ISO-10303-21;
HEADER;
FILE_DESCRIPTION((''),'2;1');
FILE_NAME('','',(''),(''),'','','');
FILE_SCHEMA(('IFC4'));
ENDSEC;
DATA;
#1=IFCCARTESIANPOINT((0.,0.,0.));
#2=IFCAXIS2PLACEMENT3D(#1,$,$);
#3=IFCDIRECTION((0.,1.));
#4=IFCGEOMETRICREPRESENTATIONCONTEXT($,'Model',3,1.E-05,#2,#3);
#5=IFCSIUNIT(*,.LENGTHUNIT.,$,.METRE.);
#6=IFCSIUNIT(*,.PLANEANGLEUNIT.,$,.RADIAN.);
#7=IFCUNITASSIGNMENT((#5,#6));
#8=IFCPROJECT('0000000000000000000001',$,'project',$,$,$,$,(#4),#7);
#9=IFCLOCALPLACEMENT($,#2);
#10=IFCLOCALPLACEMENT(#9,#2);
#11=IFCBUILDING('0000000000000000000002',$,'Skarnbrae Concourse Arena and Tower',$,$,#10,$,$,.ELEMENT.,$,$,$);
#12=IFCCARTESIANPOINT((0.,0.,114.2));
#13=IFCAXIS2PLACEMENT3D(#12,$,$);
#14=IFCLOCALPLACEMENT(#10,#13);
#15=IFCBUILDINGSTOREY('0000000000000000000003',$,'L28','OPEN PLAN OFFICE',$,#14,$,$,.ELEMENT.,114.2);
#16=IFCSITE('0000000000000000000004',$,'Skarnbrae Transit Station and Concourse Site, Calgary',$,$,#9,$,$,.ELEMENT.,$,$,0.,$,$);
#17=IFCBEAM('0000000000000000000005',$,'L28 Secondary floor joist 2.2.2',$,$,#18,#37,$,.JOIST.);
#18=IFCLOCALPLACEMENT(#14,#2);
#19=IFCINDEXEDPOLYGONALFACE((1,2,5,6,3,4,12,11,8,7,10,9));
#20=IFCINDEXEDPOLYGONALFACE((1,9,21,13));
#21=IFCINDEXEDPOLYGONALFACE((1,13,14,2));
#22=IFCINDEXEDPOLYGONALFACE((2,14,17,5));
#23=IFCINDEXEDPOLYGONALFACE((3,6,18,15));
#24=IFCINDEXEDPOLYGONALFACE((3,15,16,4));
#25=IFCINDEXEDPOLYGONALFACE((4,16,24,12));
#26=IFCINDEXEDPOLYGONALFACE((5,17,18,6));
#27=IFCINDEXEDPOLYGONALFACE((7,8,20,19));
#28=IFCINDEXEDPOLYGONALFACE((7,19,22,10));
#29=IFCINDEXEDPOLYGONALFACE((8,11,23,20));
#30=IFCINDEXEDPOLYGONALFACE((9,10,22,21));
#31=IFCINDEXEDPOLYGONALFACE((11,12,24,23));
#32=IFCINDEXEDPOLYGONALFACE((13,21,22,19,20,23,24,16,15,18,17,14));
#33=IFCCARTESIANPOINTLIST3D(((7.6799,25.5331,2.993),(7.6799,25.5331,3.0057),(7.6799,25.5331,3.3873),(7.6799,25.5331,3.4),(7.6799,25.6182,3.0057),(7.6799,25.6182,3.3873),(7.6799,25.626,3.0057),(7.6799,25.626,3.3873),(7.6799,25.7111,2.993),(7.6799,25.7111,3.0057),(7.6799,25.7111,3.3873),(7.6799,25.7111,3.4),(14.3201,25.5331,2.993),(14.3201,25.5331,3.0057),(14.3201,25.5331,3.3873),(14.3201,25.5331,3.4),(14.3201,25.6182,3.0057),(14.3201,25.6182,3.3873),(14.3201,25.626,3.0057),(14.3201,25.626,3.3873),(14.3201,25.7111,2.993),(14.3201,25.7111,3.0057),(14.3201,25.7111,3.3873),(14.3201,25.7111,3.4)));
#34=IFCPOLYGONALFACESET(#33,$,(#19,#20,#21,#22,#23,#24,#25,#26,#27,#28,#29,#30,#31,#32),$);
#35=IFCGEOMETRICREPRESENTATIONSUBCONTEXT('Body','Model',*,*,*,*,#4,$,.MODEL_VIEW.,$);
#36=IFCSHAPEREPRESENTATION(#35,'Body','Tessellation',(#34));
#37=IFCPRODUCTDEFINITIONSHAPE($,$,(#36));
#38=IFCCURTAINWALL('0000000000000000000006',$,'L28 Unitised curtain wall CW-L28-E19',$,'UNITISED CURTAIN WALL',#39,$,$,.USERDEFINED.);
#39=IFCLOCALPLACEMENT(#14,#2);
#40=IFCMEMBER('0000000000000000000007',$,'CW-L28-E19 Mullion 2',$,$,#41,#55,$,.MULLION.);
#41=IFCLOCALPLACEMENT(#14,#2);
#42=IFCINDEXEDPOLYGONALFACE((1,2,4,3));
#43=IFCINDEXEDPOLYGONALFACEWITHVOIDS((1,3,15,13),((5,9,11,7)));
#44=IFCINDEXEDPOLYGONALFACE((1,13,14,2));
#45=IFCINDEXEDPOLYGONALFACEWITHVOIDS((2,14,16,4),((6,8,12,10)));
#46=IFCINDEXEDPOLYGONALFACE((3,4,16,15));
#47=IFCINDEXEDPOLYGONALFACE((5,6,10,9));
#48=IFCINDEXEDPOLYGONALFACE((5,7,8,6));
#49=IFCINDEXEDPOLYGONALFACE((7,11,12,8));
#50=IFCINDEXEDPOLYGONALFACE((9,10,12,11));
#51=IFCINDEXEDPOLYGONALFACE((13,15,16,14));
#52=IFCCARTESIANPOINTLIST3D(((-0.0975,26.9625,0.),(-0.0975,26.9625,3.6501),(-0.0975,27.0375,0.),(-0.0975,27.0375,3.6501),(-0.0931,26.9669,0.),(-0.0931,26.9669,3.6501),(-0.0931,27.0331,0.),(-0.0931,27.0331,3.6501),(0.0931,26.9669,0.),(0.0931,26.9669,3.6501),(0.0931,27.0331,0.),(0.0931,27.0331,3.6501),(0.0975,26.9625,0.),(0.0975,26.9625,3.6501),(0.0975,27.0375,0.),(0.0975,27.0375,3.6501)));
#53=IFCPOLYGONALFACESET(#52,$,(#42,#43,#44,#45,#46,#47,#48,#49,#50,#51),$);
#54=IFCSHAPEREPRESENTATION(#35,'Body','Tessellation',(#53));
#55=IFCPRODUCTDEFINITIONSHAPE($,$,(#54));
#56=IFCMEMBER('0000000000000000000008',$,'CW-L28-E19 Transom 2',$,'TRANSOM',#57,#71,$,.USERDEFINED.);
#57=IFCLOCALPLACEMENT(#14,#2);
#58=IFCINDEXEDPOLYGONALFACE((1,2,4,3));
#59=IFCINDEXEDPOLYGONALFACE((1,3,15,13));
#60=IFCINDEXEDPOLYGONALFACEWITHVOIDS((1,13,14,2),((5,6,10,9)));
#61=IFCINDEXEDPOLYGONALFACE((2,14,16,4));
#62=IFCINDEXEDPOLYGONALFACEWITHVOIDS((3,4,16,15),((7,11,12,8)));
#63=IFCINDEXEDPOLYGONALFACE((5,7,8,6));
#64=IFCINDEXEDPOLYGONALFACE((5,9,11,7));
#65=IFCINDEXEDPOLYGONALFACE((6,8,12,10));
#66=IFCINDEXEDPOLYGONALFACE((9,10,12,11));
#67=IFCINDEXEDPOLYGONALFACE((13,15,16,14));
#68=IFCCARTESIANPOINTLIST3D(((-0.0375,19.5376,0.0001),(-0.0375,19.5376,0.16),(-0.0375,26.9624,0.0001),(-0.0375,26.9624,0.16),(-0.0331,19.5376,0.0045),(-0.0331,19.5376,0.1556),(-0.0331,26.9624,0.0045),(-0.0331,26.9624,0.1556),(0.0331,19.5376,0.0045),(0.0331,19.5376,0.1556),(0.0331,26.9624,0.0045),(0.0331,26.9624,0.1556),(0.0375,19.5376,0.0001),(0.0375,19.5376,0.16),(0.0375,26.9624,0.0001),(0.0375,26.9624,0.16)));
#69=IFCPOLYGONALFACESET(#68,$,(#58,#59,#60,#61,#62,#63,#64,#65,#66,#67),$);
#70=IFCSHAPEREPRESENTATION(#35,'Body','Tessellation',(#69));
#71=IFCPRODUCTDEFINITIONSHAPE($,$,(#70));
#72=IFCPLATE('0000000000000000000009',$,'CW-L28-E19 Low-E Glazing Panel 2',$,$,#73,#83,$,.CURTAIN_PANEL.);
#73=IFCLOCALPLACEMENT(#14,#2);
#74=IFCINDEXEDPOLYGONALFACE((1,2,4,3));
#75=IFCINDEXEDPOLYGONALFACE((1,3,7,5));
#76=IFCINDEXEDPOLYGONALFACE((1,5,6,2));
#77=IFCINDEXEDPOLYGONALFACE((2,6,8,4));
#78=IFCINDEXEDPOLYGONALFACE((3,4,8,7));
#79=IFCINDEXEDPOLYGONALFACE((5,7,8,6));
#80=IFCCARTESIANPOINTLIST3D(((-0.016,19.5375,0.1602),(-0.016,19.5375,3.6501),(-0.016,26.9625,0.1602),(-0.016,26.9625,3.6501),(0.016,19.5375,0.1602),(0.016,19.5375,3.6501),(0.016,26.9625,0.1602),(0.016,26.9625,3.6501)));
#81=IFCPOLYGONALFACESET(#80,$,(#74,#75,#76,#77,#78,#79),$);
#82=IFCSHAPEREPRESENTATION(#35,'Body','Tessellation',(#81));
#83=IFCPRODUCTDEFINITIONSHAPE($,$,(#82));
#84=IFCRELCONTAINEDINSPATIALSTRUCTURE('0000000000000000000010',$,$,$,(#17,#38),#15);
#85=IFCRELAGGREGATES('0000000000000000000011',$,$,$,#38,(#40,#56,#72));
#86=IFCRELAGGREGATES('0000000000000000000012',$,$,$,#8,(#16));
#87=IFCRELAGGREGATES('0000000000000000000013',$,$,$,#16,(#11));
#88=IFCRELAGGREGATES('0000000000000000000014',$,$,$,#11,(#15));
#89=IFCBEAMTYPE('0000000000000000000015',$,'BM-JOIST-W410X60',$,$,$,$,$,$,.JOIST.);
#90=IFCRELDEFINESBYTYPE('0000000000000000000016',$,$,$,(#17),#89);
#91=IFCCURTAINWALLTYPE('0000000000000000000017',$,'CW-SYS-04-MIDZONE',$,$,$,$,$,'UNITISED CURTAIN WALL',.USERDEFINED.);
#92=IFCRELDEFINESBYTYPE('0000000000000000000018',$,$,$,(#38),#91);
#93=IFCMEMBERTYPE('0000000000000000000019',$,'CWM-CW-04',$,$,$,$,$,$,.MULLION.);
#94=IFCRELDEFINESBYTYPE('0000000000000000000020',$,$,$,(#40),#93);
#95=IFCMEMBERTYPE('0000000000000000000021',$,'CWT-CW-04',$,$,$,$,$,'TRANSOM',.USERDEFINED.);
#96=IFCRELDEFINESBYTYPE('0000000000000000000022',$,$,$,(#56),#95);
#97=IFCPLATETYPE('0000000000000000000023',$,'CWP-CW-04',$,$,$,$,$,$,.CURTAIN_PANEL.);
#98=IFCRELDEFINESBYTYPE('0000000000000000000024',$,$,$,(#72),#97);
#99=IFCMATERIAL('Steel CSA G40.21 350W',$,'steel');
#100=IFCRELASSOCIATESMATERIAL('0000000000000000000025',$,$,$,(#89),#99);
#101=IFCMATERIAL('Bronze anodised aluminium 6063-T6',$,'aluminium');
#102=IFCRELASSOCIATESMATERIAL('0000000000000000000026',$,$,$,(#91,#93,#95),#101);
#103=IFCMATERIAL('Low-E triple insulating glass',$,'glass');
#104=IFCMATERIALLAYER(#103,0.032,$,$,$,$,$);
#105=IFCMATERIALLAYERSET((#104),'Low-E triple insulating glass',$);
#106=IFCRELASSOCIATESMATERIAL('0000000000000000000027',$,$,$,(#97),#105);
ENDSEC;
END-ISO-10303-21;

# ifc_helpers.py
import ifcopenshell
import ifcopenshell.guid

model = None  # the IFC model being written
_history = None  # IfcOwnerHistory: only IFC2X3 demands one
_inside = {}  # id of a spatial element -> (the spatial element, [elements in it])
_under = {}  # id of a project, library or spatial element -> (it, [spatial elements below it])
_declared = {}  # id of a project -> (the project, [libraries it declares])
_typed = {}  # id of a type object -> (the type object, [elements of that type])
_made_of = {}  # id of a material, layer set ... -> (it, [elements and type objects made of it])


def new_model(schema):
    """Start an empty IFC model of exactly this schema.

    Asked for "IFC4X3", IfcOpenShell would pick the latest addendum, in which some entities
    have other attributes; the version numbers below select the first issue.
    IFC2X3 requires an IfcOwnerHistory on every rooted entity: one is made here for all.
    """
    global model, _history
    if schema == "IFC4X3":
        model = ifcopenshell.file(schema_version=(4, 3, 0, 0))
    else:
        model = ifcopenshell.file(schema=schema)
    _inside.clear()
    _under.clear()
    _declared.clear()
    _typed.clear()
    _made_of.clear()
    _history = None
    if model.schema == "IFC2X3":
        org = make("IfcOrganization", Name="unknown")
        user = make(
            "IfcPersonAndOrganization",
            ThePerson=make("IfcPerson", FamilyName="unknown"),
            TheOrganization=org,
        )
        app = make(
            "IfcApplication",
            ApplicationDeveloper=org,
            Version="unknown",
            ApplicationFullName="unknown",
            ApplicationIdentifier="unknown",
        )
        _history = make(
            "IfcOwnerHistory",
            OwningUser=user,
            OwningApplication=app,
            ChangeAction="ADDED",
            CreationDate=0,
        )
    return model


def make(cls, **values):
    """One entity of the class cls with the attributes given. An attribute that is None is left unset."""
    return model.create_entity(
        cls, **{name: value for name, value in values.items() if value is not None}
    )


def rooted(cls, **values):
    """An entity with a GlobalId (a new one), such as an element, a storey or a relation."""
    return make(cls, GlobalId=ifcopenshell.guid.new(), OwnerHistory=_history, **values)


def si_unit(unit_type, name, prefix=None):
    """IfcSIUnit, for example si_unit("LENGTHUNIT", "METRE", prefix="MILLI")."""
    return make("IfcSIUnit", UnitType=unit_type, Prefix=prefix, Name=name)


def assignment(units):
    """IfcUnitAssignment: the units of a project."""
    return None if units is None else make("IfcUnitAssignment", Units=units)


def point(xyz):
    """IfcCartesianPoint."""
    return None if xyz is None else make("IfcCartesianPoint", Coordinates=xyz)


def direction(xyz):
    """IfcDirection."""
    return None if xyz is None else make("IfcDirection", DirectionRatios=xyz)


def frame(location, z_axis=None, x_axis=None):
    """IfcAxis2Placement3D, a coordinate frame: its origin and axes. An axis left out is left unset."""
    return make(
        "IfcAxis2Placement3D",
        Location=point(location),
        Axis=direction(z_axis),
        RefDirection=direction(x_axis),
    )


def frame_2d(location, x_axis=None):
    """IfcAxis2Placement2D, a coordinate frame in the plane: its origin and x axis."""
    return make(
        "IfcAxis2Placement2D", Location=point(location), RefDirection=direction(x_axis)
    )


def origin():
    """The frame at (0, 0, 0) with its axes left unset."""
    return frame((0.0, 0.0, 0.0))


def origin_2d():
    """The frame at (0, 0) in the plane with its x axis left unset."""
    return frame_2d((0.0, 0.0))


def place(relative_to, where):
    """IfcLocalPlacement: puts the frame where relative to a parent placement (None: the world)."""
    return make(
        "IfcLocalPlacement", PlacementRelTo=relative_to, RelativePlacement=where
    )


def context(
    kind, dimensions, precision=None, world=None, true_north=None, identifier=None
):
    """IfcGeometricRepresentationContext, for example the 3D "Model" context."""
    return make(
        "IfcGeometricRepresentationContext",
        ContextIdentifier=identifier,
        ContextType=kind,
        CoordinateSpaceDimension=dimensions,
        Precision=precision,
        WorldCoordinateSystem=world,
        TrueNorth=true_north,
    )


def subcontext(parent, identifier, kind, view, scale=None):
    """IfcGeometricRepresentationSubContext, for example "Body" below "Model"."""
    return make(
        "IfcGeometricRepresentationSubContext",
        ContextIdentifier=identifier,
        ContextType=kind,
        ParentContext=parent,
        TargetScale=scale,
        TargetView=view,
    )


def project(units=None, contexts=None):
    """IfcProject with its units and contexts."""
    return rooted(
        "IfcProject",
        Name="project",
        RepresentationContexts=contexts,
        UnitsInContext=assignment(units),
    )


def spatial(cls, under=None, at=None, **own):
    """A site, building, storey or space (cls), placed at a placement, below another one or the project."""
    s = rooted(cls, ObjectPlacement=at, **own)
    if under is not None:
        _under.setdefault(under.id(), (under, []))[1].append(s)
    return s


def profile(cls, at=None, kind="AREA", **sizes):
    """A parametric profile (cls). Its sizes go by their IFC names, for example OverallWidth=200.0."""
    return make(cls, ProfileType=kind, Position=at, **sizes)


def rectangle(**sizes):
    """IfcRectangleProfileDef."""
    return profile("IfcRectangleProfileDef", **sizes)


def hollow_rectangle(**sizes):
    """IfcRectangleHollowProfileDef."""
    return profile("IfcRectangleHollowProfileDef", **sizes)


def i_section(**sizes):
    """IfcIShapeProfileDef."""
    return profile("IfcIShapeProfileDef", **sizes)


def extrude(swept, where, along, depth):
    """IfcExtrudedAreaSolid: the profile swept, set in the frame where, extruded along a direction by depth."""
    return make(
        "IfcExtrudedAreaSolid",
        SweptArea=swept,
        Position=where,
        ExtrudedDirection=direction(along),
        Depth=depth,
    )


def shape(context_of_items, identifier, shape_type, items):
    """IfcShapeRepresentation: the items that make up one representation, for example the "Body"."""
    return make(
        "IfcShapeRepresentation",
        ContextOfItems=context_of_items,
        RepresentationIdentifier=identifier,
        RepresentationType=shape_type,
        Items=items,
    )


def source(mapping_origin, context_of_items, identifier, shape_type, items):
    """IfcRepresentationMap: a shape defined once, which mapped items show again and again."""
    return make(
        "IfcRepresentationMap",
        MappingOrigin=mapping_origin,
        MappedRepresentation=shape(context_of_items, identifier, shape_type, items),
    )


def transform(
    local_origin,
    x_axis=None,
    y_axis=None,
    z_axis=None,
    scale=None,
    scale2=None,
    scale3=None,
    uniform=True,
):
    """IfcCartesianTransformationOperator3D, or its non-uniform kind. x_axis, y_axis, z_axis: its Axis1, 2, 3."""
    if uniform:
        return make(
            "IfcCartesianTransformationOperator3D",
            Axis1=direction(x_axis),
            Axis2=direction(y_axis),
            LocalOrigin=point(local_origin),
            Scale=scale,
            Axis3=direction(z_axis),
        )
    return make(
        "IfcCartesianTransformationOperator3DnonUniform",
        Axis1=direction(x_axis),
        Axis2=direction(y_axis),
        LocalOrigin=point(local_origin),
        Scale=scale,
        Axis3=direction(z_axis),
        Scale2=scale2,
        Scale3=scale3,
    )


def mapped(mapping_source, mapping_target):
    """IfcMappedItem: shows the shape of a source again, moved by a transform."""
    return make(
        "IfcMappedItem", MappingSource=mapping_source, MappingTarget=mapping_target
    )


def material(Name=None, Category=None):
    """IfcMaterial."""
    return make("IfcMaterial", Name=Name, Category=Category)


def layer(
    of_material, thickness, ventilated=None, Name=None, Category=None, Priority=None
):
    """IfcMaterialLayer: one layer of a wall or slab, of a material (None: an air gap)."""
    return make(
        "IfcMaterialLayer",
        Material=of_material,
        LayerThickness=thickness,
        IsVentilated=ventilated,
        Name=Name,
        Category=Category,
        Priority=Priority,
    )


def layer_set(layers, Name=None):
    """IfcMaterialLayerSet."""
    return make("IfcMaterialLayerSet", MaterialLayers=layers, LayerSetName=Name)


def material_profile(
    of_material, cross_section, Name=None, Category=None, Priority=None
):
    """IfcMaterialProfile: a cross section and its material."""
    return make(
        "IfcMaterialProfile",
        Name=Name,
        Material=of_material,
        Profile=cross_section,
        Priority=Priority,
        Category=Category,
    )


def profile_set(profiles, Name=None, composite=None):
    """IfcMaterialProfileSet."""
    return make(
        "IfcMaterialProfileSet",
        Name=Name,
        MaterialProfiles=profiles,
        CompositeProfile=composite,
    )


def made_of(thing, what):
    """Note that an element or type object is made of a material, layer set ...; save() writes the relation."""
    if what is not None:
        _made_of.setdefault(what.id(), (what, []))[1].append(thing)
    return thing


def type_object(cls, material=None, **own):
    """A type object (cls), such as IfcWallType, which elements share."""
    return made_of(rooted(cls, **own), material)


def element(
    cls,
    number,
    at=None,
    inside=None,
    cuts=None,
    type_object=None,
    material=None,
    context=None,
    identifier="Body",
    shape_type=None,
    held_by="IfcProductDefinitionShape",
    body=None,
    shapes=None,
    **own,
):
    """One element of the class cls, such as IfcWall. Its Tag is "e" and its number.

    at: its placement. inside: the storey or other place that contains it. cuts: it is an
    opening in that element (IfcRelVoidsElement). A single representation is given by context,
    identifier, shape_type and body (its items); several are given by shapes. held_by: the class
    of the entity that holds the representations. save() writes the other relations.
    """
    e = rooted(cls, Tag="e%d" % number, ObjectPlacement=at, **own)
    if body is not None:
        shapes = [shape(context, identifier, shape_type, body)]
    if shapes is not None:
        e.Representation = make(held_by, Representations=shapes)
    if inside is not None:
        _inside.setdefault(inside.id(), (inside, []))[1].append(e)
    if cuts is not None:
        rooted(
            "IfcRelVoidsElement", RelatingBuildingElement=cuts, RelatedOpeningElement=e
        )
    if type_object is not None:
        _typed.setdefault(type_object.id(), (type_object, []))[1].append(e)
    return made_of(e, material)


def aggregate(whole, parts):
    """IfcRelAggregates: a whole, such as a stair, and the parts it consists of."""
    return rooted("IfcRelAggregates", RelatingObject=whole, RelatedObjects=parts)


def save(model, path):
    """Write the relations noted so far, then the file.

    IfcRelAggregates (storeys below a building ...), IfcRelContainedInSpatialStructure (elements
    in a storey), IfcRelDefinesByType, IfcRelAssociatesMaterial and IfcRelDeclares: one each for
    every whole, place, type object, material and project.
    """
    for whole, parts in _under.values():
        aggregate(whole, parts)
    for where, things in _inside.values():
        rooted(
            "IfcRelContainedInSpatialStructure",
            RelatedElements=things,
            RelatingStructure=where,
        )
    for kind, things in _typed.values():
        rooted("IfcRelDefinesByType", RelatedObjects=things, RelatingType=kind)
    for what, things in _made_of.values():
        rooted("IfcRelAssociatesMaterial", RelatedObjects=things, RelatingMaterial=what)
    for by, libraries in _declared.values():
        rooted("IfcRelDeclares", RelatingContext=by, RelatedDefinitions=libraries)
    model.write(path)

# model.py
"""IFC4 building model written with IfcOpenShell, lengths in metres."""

from ifc_helpers import new_model, si_unit, direction, frame, origin, origin_2d, place, context, subcontext, project, spatial, rectangle, hollow_rectangle, i_section, extrude, source, transform, mapped, material, layer, layer_set, material_profile, profile_set, type_object, element, aggregate, save


model = new_model("IFC4")

# Units and contexts
model_context = context("Model", 3, precision=1e-05, world=origin(), true_north=direction((0.0, 1.0)))
body_context = subcontext(model_context, "Body", "Model", "MODEL_VIEW")
ifc_project = project(units=[si_unit("LENGTHUNIT", "METRE"), si_unit("PLANEANGLEUNIT", "RADIAN")], contexts=[model_context])

# Site, building, storey
site_placement = place(None, origin())
site = spatial("IfcSite", under=ifc_project, at=site_placement, Name="Skarnbrae Transit Station and Concourse Site, Calgary", CompositionType="ELEMENT", RefElevation=0.0)
building_placement = place(site_placement, origin())
building = spatial("IfcBuilding", under=site, at=building_placement, Name="Skarnbrae Concourse Arena and Tower", CompositionType="ELEMENT")
storey_placement = place(building_placement, frame((0.0, 0.0, 114.2)))
storey = spatial("IfcBuildingStorey", under=building, at=storey_placement, Name="L28", Description="OPEN PLAN OFFICE", CompositionType="ELEMENT", Elevation=114.2)

# Shared definitions
ifc_material_1 = material(Name="Steel CSA G40.21 350W", Category="steel")

# Beam
ifc_material_profile_1 = material_profile(ifc_material_1, i_section(OverallWidth=0.178, OverallDepth=0.407, WebThickness=0.0078, FlangeThickness=0.0127, at=origin_2d()), Name="W410X60")
ifc_profile_set_1 = profile_set([ifc_material_profile_1], Name="Steel CSA G40.21 350W")
beam_type_1 = type_object("IfcBeamType", Name="BM-JOIST-W410X60", PredefinedType="JOIST", material=ifc_profile_set_1)
shared_shape_1 = source(origin(), body_context, "Body", "SweptSolid", [
    extrude(i_section(OverallWidth=0.178, OverallDepth=0.407, WebThickness=0.0078, FlangeThickness=0.0127, at=origin_2d()), origin(), (0.0, 0.0, 1.0), 6.6401),
])
for number, where, z_axis, x_axis, name in (
    (1, (7.6799, 25.6221, 3.1965), (1.0, 0.0, 0.0), (0.0, 1.0, 0.0), "L28 Secondary floor joist 2.2.2"),
):
    element("IfcBeam", number, at=place(storey_placement, frame(where, z_axis=z_axis, x_axis=x_axis)), inside=storey, type_object=beam_type_1, Name=name, PredefinedType="JOIST", context=body_context, shape_type="MappedRepresentation", body=[
        mapped(shared_shape_1, transform((0.0, 0.0, 0.0))),
    ])

# Curtain wall, members, plate
ifc_material_2 = material(Name="Bronze anodised aluminium 6063-T6", Category="aluminium")
curtain_wall_type = type_object("IfcCurtainWallType", Name="CW-SYS-04-MIDZONE", ElementType="UNITISED CURTAIN WALL", PredefinedType="USERDEFINED", material=ifc_material_2)
curtain_wall_placement = place(storey_placement, origin())
curtain_wall = element("IfcCurtainWall", 2, at=curtain_wall_placement, inside=storey, type_object=curtain_wall_type, Name="L28 Unitised curtain wall CW-L28-E19", ObjectType="UNITISED CURTAIN WALL", PredefinedType="USERDEFINED")
ifc_material_profile_2 = material_profile(ifc_material_2, hollow_rectangle(XDim=0.075, YDim=0.1951, WallThickness=0.0044, at=origin_2d()), Name="ALU-MULL-75X195")
ifc_profile_set_2 = profile_set([ifc_material_profile_2], Name="Bronze anodised aluminium 6063-T6")
member_type_1 = type_object("IfcMemberType", Name="CWM-CW-04", PredefinedType="MULLION", material=ifc_profile_set_2)
shared_shape_2 = source(origin(), body_context, "Body", "SweptSolid", [
    extrude(hollow_rectangle(XDim=0.075, YDim=0.1951, WallThickness=0.0044, at=origin_2d()), origin(), (0.0, 0.0, 1.0), 3.6501),
])
member_1_placement = place(storey_placement, frame((0.0, 27.0, 0.0), z_axis=(0.0, 0.0, 1.0), x_axis=(0.0, -1.0, 0.0)))
member_1 = element("IfcMember", 3, at=member_1_placement, type_object=member_type_1, Name="CW-L28-E19 Mullion 2", PredefinedType="MULLION", context=body_context, shape_type="MappedRepresentation", body=[
    mapped(shared_shape_2, transform((0.0, 0.0, 0.0))),
])
ifc_material_profile_3 = material_profile(ifc_material_2, hollow_rectangle(XDim=0.075, YDim=0.1599, WallThickness=0.0044, at=origin_2d()), Name="ALU-TRAN-75X160")
ifc_profile_set_3 = profile_set([ifc_material_profile_3], Name="Bronze anodised aluminium 6063-T6")
member_type_2 = type_object("IfcMemberType", Name="CWT-CW-04", ElementType="TRANSOM", PredefinedType="USERDEFINED", material=ifc_profile_set_3)
shared_shape_3 = source(origin(), body_context, "Body", "SweptSolid", [
    extrude(hollow_rectangle(XDim=0.075, YDim=0.1599, WallThickness=0.0044, at=origin_2d()), origin(), (0.0, 0.0, 1.0), 7.4248),
])
member_2_placement = place(storey_placement, frame((0.0, 26.9624, 0.0801), z_axis=(0.0, -1.0, 0.0), x_axis=(1.0, 0.0, 0.0)))
member_2 = element("IfcMember", 4, at=member_2_placement, type_object=member_type_2, Name="CW-L28-E19 Transom 2", ObjectType="TRANSOM", PredefinedType="USERDEFINED", context=body_context, shape_type="MappedRepresentation", body=[
    mapped(shared_shape_3, transform((0.0, 0.0, 0.0))),
])
ifc_material_3 = material(Name="Low-E triple insulating glass", Category="glass")
ifc_layer = layer(ifc_material_3, 0.032)
ifc_layer_set = layer_set([ifc_layer], Name="Low-E triple insulating glass")
plate_type = type_object("IfcPlateType", Name="CWP-CW-04", PredefinedType="CURTAIN_PANEL", material=ifc_layer_set)
shared_shape_4 = source(origin(), body_context, "Body", "SweptSolid", [
    extrude(rectangle(XDim=7.425, YDim=0.032, at=origin_2d()), origin(), (0.0, 0.0, 1.0), 3.49),
])
plate_placement = place(storey_placement, frame((0.0, 23.25, 0.1602), z_axis=(0.0, 0.0, 1.0), x_axis=(0.0, -1.0, 0.0)))
plate = element("IfcPlate", 5, at=plate_placement, type_object=plate_type, Name="CW-L28-E19 Low-E Glazing Panel 2", PredefinedType="CURTAIN_PANEL", context=body_context, shape_type="MappedRepresentation", body=[
    mapped(shared_shape_4, transform((0.0, 0.0, 0.0))),
])
aggregate(curtain_wall, [member_1, member_2, plate])

save(model, "model.ifc")
